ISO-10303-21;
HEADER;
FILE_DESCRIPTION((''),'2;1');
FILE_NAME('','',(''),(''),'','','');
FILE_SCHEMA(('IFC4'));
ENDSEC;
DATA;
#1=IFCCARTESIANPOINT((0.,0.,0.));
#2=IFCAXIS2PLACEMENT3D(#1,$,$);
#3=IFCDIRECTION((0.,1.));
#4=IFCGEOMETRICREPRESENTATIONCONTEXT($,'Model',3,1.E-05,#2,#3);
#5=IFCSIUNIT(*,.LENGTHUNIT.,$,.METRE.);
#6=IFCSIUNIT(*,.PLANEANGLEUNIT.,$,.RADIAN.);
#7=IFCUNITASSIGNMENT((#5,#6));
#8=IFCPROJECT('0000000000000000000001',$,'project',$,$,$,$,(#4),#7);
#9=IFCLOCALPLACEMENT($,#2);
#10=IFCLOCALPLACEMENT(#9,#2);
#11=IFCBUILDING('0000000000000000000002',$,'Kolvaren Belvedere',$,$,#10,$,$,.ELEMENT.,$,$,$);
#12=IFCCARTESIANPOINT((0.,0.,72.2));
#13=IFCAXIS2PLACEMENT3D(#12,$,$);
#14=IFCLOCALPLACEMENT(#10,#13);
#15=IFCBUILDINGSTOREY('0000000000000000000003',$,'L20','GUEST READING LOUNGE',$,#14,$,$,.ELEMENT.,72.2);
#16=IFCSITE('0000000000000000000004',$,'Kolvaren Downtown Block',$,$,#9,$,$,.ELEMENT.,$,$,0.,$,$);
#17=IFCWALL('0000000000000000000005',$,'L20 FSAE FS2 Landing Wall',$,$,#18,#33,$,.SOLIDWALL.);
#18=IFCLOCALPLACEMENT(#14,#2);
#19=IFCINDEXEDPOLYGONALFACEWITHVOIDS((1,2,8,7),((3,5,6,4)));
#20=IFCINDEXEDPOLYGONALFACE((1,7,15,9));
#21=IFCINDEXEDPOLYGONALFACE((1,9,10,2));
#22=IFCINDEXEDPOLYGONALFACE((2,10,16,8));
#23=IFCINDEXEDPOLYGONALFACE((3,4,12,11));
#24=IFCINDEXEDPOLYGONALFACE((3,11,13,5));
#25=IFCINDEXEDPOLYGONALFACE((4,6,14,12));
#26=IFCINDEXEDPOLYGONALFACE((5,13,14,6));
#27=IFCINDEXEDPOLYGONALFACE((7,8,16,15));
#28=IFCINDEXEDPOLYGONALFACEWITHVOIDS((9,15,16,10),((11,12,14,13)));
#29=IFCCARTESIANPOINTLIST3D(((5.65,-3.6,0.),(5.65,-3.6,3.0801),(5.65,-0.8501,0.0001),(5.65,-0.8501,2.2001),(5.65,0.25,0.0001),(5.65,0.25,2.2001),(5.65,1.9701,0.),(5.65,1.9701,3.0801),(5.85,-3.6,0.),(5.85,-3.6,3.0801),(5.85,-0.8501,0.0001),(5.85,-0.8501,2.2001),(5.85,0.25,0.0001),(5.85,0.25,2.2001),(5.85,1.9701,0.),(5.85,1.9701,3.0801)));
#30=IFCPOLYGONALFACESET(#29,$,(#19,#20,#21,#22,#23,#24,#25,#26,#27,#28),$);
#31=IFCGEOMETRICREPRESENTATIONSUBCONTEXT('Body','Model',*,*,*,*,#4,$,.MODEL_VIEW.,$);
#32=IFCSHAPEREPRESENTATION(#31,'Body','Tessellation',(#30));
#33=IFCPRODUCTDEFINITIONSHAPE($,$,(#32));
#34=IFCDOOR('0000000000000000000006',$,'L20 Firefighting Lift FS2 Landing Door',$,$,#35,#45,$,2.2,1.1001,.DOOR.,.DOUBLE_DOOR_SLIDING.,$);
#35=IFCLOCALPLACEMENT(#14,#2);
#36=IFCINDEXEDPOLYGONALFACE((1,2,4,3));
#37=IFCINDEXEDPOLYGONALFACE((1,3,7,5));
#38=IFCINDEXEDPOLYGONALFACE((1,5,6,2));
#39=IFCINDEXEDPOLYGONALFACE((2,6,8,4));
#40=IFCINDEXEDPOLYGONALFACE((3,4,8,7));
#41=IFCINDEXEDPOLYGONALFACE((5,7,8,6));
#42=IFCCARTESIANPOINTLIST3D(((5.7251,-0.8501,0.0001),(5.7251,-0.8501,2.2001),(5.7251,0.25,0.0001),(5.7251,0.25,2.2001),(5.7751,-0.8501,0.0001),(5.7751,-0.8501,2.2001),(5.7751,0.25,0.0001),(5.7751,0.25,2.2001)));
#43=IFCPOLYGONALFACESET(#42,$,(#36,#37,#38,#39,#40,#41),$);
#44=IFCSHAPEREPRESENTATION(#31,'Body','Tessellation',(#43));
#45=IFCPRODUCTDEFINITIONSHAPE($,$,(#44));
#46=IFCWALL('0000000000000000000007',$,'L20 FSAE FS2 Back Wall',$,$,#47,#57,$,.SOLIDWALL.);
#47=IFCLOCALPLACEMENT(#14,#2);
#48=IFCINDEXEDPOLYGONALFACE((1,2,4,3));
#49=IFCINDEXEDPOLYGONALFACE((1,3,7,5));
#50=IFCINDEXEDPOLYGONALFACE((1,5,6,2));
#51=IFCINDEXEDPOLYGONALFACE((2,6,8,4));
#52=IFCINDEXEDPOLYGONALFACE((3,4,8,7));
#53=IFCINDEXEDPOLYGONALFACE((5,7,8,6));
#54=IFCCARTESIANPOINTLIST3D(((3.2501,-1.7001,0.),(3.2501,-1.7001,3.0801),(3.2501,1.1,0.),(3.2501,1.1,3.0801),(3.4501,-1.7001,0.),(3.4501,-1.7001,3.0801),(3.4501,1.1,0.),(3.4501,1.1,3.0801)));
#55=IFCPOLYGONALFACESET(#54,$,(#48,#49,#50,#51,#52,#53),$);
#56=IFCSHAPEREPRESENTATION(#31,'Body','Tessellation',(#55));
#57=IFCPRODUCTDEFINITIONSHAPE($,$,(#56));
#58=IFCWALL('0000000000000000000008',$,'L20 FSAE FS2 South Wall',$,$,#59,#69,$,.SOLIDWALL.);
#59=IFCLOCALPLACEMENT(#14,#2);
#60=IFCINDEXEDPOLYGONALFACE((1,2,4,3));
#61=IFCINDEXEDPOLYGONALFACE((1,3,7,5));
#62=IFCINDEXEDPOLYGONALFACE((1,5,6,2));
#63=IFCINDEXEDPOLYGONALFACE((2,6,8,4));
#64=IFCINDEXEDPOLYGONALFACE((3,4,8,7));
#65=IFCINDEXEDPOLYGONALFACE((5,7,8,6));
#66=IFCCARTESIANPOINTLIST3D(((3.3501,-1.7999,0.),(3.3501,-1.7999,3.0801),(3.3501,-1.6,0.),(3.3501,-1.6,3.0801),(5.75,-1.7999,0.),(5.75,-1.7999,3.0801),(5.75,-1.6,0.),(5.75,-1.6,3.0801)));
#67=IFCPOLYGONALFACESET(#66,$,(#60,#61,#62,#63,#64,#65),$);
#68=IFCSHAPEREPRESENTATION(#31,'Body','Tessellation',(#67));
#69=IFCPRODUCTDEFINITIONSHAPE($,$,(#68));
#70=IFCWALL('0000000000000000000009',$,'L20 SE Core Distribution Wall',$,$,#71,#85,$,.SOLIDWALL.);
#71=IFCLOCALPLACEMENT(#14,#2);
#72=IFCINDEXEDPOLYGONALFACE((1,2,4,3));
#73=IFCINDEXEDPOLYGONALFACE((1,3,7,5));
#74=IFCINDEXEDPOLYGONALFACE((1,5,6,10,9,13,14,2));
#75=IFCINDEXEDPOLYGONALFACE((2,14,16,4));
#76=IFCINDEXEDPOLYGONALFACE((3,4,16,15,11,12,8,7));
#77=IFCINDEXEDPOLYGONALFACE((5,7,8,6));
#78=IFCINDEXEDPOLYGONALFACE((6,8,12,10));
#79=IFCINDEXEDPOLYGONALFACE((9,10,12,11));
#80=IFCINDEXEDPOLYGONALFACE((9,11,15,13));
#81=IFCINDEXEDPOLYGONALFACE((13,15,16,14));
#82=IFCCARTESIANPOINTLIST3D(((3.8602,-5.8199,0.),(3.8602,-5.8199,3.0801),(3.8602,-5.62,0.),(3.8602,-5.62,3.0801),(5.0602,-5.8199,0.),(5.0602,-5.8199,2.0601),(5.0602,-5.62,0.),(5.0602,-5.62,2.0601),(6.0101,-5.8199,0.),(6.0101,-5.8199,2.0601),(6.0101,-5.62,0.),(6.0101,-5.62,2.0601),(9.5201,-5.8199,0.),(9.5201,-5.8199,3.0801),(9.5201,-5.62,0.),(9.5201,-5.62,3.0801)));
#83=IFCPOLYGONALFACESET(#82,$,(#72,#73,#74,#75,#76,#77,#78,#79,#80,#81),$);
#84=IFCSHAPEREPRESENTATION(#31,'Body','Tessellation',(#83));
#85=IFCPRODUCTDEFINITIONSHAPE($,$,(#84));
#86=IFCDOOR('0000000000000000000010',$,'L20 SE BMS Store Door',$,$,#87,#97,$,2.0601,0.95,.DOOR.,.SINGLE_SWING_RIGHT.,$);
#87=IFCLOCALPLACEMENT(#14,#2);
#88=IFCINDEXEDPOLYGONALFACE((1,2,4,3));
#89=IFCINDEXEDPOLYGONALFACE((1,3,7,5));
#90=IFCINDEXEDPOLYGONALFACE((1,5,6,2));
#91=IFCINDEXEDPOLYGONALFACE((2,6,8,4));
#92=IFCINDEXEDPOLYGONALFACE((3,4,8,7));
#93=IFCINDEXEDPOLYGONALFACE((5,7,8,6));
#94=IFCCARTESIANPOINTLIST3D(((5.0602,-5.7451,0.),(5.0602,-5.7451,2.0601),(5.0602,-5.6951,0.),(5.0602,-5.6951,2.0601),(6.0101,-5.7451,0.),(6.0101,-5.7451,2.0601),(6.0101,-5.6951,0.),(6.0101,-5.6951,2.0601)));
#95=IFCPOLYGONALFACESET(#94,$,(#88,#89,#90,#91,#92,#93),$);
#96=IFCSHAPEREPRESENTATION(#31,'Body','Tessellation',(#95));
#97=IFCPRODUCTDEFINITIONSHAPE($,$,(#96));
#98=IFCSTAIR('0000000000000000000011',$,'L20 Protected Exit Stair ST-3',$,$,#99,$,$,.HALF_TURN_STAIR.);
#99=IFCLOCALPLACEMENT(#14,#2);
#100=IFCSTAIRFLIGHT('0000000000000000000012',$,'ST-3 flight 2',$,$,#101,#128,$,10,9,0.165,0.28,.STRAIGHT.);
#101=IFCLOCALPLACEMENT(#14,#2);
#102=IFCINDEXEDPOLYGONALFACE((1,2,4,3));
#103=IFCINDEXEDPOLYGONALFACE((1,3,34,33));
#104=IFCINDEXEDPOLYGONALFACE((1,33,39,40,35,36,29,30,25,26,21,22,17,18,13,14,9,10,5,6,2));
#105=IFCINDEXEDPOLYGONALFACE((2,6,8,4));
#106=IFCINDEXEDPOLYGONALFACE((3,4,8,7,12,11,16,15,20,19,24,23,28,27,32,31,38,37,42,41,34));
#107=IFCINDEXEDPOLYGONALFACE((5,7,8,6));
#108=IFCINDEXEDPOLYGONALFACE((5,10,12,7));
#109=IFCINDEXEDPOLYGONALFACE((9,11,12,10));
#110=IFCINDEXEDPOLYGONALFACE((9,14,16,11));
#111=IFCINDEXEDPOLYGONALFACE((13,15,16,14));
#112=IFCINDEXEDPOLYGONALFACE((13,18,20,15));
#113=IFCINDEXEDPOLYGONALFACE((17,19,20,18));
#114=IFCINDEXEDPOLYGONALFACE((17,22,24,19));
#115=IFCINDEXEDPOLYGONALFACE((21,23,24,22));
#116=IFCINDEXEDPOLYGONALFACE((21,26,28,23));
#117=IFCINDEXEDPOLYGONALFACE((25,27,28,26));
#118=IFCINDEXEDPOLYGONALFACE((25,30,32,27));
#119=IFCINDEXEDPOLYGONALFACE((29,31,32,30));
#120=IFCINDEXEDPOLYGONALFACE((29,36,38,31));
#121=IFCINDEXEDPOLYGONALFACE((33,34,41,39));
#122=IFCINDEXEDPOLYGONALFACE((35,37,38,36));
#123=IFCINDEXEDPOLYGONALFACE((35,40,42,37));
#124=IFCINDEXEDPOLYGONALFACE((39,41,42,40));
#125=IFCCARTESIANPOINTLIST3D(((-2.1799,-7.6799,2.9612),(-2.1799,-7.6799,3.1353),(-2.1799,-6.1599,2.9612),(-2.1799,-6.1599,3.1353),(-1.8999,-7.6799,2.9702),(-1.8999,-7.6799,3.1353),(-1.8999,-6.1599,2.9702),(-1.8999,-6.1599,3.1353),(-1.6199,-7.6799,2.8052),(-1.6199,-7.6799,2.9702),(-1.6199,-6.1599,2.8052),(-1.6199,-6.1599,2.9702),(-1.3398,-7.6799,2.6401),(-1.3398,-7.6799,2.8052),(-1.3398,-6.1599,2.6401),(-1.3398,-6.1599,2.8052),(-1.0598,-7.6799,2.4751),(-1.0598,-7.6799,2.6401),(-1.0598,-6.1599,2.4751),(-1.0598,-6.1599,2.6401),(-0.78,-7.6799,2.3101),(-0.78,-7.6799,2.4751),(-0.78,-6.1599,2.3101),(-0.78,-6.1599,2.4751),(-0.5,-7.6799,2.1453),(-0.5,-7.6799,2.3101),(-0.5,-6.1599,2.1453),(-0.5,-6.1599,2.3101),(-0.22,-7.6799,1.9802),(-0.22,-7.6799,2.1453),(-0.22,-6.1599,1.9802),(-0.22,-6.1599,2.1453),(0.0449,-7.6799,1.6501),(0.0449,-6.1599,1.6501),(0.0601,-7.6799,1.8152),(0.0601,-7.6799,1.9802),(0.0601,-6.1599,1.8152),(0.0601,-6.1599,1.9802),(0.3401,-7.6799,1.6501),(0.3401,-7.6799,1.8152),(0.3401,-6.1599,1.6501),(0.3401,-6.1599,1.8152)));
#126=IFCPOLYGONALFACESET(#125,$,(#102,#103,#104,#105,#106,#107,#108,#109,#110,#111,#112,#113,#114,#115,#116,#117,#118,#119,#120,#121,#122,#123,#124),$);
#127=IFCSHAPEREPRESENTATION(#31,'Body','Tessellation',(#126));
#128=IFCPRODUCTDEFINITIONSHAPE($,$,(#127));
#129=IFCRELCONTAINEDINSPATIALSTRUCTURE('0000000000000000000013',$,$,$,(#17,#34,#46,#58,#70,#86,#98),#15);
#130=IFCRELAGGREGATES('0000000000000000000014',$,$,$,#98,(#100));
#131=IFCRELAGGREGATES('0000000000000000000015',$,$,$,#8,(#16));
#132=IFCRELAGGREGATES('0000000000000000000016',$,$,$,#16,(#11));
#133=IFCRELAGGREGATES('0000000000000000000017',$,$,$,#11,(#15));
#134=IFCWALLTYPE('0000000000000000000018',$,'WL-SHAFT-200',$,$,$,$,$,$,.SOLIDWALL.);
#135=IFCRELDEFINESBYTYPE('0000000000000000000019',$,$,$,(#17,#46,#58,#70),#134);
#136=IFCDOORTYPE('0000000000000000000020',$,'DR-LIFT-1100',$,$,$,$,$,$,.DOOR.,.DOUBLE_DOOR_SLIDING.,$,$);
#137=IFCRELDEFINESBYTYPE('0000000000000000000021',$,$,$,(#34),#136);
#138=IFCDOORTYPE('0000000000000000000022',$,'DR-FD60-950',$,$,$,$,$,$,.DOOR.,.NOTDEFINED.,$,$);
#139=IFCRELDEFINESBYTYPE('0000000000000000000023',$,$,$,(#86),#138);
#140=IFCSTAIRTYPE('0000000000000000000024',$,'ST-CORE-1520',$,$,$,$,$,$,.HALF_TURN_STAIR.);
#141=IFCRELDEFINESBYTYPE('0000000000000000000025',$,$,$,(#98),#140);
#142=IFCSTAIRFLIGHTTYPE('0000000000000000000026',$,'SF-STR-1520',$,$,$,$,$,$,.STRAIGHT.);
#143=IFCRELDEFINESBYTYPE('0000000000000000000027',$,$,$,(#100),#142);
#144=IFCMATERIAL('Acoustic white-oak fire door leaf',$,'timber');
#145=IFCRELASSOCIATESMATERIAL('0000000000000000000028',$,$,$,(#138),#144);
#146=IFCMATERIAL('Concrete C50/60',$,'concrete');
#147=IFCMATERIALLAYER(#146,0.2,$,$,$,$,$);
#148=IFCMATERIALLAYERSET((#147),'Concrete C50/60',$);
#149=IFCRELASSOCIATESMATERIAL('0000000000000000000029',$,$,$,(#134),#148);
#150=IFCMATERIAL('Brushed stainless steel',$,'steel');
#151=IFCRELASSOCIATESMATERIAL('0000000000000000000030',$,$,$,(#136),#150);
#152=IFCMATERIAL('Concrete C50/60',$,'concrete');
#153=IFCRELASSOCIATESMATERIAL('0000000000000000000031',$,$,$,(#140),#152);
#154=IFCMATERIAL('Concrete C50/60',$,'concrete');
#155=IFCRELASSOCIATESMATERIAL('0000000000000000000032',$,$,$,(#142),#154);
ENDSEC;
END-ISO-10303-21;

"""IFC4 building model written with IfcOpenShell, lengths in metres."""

from ifc_helpers import new_model, si_unit, direction, frame, frame_2d, origin, place, context, subcontext, project, spatial, polyline, rectangle, outline, extrude, material, layer, layer_set, type_object, element, fill, aggregate, save


model = new_model("IFC4")

# Units and contexts
model_context = context("Model", 3, precision=1e-05, world=origin(), true_north=direction((0.0, 1.0)))
body_context = subcontext(model_context, "Body", "Model", "MODEL_VIEW")
ifc_project = project(units=[si_unit("LENGTHUNIT", "METRE"), si_unit("PLANEANGLEUNIT", "RADIAN")], contexts=[model_context])

# Site, building, storey
site_placement = place(None, origin())
site = spatial("IfcSite", under=ifc_project, at=site_placement, Name="Kolvaren Downtown Block", CompositionType="ELEMENT", RefElevation=0.0)
building_placement = place(site_placement, origin())
building = spatial("IfcBuilding", under=site, at=building_placement, Name="Kolvaren Belvedere", CompositionType="ELEMENT")
storey_placement = place(building_placement, frame((0.0, 0.0, 72.2)))
storey = spatial("IfcBuildingStorey", under=building, at=storey_placement, Name="L20", Description="GUEST READING LOUNGE", CompositionType="ELEMENT", Elevation=72.2)

# Wall, opening, door
ifc_material_1 = material(Name="Acoustic white-oak fire door leaf", Category="timber")
door_type_1 = type_object("IfcDoorType", Name="DR-FD60-950", OperationType="NOTDEFINED", PredefinedType="DOOR", material=ifc_material_1)
ifc_material_2 = material(Name="Concrete C50/60", Category="concrete")
ifc_layer_1 = layer(ifc_material_2, 0.2)
ifc_layer_set_1 = layer_set([ifc_layer_1], Name="Concrete C50/60")
wall_type_1 = type_object("IfcWallType", Name="WL-SHAFT-200", PredefinedType="SOLIDWALL", material=ifc_layer_set_1)
wall_1_placement = place(storey_placement, frame((5.75, -3.6001, 0.0), z_axis=(0.0, 0.0, 1.0), x_axis=(0.0, 1.0, 0.0)))
wall_1 = element("IfcWall", 1, at=wall_1_placement, inside=storey, type_object=wall_type_1, Name="L20 FSAE FS2 Landing Wall", PredefinedType="SOLIDWALL", context=body_context, shape_type="SweptSolid", body=[
    extrude(rectangle(XDim=5.5701, YDim=0.2, at=frame_2d((2.7852, 0.0))), origin(), (0.0, 0.0, 1.0), 3.0801),
])
opening_1_placement = place(wall_1_placement, frame((2.75, 0.0, 0.0)))
opening_1 = element("IfcOpeningElement", 2, at=opening_1_placement, cuts=wall_1, PredefinedType="OPENING", context=body_context, shape_type="SweptSolid", body=[
    extrude(rectangle(XDim=1.1001, YDim=2.2, at=frame_2d((0.55, 1.1001))), frame((0.0, 0.1099, 0.0), z_axis=(0.0, -1.0, 0.0), x_axis=(1.0, 0.0, 0.0)), (0.0, 0.0, 1.0), 0.22),
])
ifc_material_3 = material(Name="Brushed stainless steel", Category="steel")
door_type_2 = type_object("IfcDoorType", Name="DR-LIFT-1100", OperationType="DOUBLE_DOOR_SLIDING", PredefinedType="DOOR", material=ifc_material_3)
door_1_placement = place(opening_1_placement, origin())
door_1 = element("IfcDoor", 3, at=door_1_placement, inside=storey, type_object=door_type_2, Name="L20 Firefighting Lift FS2 Landing Door", OperationType="DOUBLE_DOOR_SLIDING", OverallHeight=2.2, OverallWidth=1.1001, PredefinedType="DOOR", context=body_context, shape_type="SweptSolid", body=[
    extrude(rectangle(XDim=1.1001, YDim=2.2, at=frame_2d((0.55, 1.1001))), frame((0.0, 0.0249, 0.0), z_axis=(0.0, -1.0, 0.0), x_axis=(1.0, 0.0, 0.0)), (0.0, 0.0, 1.0), 0.05),
])
fill(opening_1, door_1)

# Walls
wall_2_placement = place(storey_placement, frame((3.3501, -1.7, 0.0), z_axis=(0.0, 0.0, 1.0), x_axis=(0.0, 1.0, 0.0)))
element("IfcWall", 4, at=wall_2_placement, inside=storey, type_object=wall_type_1, Name="L20 FSAE FS2 Back Wall", PredefinedType="SOLIDWALL", context=body_context, shape_type="SweptSolid", body=[
    extrude(rectangle(XDim=2.8, YDim=0.2, at=frame_2d((1.3999, 0.0))), origin(), (0.0, 0.0, 1.0), 3.0801),
])
wall_3_placement = place(storey_placement, frame((3.3501, -1.7, 0.0), z_axis=(0.0, 0.0, 1.0), x_axis=(1.0, 0.0, 0.0)))
element("IfcWall", 5, at=wall_3_placement, inside=storey, type_object=wall_type_1, Name="L20 FSAE FS2 South Wall", PredefinedType="SOLIDWALL", context=body_context, shape_type="SweptSolid", body=[
    extrude(rectangle(XDim=2.3999, YDim=0.2, at=frame_2d((1.2, 0.0))), origin(), (0.0, 0.0, 1.0), 3.0801),
])

# Wall, opening, door
wall_4_placement = place(storey_placement, frame((3.8601, -5.72, 0.0), z_axis=(0.0, 0.0, 1.0), x_axis=(1.0, 0.0, 0.0)))
wall_4 = element("IfcWall", 6, at=wall_4_placement, inside=storey, type_object=wall_type_1, Name="L20 SE Core Distribution Wall", PredefinedType="SOLIDWALL", context=body_context, shape_type="SweptSolid", body=[
    extrude(rectangle(XDim=5.6599, YDim=0.2, at=frame_2d((2.8301, 0.0))), origin(), (0.0, 0.0, 1.0), 3.0801),
])
opening_2_placement = place(wall_4_placement, frame((1.2, 0.0, 0.0)))
opening_2 = element("IfcOpeningElement", 7, at=opening_2_placement, cuts=wall_4, PredefinedType="OPENING", context=body_context, shape_type="SweptSolid", body=[
    extrude(rectangle(XDim=0.95, YDim=2.0601, at=frame_2d((0.4751, 1.03))), frame((0.0, 0.1099, 0.0), z_axis=(0.0, -1.0, 0.0), x_axis=(1.0, 0.0, 0.0)), (0.0, 0.0, 1.0), 0.22),
])
door_2_placement = place(opening_2_placement, origin())
door_2 = element("IfcDoor", 8, at=door_2_placement, inside=storey, type_object=door_type_1, Name="L20 SE BMS Store Door", OperationType="SINGLE_SWING_RIGHT", OverallHeight=2.0601, OverallWidth=0.95, PredefinedType="DOOR", context=body_context, shape_type="SweptSolid", body=[
    extrude(rectangle(XDim=0.95, YDim=2.0601, at=frame_2d((0.4751, 1.03))), frame((0.0, 0.0249, 0.0), z_axis=(0.0, -1.0, 0.0), x_axis=(1.0, 0.0, 0.0)), (0.0, 0.0, 1.0), 0.05),
])
fill(opening_2, door_2)

# Stair, stair flight
ifc_material_4 = material(Name="Concrete C50/60", Category="concrete")
stair_type = type_object("IfcStairType", Name="ST-CORE-1520", PredefinedType="HALF_TURN_STAIR", material=ifc_material_4)
stair_placement = place(storey_placement, origin())
stair = element("IfcStair", 9, at=stair_placement, inside=storey, type_object=stair_type, Name="L20 Protected Exit Stair ST-3", PredefinedType="HALF_TURN_STAIR")
ifc_material_5 = material(Name="Concrete C50/60", Category="concrete")
stair_flight_type = type_object("IfcStairFlightType", Name="SF-STR-1520", PredefinedType="STRAIGHT", material=ifc_material_5)
stair_flight_placement = place(storey_placement, frame((0.3401, -6.9199, 1.6501), z_axis=(0.0, 0.0, 1.0), x_axis=(-1.0, 0.0, 0.0)))
stair_flight = element("IfcStairFlight", 10, at=stair_flight_placement, type_object=stair_flight_type, Name="ST-3 flight 2", NumberOfRisers=10, NumberOfTreads=9, PredefinedType="STRAIGHT", RiserHeight=0.165, TreadLength=0.28, context=body_context, shape_type="SweptSolid", body=[
    extrude(outline(polyline([(0.0, 0.0), (0.0, 0.165), (0.28, 0.165), (0.28, 0.3301), (0.5601, 0.3301), (0.5601, 0.4951), (0.8401, 0.4951), (0.8401, 0.6599), (1.1201, 0.6599), (1.1201, 0.825), (1.3999, 0.825), (1.3999, 0.99), (1.6799, 0.99), (1.6799, 1.155), (1.96, 1.155), (1.96, 1.3201), (2.24, 1.3201), (2.24, 1.4851), (2.52, 1.4851), (2.52, 1.6499), (2.52, 1.311), (0.2952, 0.0), (0.0, 0.0)])), frame((0.0, 0.76, 0.0), z_axis=(0.0, -1.0, 0.0), x_axis=(1.0, 0.0, 0.0)), (0.0, 0.0, 1.0), 1.52),
])
aggregate(stair, [stair_flight])

save(model, "model.ifc")
